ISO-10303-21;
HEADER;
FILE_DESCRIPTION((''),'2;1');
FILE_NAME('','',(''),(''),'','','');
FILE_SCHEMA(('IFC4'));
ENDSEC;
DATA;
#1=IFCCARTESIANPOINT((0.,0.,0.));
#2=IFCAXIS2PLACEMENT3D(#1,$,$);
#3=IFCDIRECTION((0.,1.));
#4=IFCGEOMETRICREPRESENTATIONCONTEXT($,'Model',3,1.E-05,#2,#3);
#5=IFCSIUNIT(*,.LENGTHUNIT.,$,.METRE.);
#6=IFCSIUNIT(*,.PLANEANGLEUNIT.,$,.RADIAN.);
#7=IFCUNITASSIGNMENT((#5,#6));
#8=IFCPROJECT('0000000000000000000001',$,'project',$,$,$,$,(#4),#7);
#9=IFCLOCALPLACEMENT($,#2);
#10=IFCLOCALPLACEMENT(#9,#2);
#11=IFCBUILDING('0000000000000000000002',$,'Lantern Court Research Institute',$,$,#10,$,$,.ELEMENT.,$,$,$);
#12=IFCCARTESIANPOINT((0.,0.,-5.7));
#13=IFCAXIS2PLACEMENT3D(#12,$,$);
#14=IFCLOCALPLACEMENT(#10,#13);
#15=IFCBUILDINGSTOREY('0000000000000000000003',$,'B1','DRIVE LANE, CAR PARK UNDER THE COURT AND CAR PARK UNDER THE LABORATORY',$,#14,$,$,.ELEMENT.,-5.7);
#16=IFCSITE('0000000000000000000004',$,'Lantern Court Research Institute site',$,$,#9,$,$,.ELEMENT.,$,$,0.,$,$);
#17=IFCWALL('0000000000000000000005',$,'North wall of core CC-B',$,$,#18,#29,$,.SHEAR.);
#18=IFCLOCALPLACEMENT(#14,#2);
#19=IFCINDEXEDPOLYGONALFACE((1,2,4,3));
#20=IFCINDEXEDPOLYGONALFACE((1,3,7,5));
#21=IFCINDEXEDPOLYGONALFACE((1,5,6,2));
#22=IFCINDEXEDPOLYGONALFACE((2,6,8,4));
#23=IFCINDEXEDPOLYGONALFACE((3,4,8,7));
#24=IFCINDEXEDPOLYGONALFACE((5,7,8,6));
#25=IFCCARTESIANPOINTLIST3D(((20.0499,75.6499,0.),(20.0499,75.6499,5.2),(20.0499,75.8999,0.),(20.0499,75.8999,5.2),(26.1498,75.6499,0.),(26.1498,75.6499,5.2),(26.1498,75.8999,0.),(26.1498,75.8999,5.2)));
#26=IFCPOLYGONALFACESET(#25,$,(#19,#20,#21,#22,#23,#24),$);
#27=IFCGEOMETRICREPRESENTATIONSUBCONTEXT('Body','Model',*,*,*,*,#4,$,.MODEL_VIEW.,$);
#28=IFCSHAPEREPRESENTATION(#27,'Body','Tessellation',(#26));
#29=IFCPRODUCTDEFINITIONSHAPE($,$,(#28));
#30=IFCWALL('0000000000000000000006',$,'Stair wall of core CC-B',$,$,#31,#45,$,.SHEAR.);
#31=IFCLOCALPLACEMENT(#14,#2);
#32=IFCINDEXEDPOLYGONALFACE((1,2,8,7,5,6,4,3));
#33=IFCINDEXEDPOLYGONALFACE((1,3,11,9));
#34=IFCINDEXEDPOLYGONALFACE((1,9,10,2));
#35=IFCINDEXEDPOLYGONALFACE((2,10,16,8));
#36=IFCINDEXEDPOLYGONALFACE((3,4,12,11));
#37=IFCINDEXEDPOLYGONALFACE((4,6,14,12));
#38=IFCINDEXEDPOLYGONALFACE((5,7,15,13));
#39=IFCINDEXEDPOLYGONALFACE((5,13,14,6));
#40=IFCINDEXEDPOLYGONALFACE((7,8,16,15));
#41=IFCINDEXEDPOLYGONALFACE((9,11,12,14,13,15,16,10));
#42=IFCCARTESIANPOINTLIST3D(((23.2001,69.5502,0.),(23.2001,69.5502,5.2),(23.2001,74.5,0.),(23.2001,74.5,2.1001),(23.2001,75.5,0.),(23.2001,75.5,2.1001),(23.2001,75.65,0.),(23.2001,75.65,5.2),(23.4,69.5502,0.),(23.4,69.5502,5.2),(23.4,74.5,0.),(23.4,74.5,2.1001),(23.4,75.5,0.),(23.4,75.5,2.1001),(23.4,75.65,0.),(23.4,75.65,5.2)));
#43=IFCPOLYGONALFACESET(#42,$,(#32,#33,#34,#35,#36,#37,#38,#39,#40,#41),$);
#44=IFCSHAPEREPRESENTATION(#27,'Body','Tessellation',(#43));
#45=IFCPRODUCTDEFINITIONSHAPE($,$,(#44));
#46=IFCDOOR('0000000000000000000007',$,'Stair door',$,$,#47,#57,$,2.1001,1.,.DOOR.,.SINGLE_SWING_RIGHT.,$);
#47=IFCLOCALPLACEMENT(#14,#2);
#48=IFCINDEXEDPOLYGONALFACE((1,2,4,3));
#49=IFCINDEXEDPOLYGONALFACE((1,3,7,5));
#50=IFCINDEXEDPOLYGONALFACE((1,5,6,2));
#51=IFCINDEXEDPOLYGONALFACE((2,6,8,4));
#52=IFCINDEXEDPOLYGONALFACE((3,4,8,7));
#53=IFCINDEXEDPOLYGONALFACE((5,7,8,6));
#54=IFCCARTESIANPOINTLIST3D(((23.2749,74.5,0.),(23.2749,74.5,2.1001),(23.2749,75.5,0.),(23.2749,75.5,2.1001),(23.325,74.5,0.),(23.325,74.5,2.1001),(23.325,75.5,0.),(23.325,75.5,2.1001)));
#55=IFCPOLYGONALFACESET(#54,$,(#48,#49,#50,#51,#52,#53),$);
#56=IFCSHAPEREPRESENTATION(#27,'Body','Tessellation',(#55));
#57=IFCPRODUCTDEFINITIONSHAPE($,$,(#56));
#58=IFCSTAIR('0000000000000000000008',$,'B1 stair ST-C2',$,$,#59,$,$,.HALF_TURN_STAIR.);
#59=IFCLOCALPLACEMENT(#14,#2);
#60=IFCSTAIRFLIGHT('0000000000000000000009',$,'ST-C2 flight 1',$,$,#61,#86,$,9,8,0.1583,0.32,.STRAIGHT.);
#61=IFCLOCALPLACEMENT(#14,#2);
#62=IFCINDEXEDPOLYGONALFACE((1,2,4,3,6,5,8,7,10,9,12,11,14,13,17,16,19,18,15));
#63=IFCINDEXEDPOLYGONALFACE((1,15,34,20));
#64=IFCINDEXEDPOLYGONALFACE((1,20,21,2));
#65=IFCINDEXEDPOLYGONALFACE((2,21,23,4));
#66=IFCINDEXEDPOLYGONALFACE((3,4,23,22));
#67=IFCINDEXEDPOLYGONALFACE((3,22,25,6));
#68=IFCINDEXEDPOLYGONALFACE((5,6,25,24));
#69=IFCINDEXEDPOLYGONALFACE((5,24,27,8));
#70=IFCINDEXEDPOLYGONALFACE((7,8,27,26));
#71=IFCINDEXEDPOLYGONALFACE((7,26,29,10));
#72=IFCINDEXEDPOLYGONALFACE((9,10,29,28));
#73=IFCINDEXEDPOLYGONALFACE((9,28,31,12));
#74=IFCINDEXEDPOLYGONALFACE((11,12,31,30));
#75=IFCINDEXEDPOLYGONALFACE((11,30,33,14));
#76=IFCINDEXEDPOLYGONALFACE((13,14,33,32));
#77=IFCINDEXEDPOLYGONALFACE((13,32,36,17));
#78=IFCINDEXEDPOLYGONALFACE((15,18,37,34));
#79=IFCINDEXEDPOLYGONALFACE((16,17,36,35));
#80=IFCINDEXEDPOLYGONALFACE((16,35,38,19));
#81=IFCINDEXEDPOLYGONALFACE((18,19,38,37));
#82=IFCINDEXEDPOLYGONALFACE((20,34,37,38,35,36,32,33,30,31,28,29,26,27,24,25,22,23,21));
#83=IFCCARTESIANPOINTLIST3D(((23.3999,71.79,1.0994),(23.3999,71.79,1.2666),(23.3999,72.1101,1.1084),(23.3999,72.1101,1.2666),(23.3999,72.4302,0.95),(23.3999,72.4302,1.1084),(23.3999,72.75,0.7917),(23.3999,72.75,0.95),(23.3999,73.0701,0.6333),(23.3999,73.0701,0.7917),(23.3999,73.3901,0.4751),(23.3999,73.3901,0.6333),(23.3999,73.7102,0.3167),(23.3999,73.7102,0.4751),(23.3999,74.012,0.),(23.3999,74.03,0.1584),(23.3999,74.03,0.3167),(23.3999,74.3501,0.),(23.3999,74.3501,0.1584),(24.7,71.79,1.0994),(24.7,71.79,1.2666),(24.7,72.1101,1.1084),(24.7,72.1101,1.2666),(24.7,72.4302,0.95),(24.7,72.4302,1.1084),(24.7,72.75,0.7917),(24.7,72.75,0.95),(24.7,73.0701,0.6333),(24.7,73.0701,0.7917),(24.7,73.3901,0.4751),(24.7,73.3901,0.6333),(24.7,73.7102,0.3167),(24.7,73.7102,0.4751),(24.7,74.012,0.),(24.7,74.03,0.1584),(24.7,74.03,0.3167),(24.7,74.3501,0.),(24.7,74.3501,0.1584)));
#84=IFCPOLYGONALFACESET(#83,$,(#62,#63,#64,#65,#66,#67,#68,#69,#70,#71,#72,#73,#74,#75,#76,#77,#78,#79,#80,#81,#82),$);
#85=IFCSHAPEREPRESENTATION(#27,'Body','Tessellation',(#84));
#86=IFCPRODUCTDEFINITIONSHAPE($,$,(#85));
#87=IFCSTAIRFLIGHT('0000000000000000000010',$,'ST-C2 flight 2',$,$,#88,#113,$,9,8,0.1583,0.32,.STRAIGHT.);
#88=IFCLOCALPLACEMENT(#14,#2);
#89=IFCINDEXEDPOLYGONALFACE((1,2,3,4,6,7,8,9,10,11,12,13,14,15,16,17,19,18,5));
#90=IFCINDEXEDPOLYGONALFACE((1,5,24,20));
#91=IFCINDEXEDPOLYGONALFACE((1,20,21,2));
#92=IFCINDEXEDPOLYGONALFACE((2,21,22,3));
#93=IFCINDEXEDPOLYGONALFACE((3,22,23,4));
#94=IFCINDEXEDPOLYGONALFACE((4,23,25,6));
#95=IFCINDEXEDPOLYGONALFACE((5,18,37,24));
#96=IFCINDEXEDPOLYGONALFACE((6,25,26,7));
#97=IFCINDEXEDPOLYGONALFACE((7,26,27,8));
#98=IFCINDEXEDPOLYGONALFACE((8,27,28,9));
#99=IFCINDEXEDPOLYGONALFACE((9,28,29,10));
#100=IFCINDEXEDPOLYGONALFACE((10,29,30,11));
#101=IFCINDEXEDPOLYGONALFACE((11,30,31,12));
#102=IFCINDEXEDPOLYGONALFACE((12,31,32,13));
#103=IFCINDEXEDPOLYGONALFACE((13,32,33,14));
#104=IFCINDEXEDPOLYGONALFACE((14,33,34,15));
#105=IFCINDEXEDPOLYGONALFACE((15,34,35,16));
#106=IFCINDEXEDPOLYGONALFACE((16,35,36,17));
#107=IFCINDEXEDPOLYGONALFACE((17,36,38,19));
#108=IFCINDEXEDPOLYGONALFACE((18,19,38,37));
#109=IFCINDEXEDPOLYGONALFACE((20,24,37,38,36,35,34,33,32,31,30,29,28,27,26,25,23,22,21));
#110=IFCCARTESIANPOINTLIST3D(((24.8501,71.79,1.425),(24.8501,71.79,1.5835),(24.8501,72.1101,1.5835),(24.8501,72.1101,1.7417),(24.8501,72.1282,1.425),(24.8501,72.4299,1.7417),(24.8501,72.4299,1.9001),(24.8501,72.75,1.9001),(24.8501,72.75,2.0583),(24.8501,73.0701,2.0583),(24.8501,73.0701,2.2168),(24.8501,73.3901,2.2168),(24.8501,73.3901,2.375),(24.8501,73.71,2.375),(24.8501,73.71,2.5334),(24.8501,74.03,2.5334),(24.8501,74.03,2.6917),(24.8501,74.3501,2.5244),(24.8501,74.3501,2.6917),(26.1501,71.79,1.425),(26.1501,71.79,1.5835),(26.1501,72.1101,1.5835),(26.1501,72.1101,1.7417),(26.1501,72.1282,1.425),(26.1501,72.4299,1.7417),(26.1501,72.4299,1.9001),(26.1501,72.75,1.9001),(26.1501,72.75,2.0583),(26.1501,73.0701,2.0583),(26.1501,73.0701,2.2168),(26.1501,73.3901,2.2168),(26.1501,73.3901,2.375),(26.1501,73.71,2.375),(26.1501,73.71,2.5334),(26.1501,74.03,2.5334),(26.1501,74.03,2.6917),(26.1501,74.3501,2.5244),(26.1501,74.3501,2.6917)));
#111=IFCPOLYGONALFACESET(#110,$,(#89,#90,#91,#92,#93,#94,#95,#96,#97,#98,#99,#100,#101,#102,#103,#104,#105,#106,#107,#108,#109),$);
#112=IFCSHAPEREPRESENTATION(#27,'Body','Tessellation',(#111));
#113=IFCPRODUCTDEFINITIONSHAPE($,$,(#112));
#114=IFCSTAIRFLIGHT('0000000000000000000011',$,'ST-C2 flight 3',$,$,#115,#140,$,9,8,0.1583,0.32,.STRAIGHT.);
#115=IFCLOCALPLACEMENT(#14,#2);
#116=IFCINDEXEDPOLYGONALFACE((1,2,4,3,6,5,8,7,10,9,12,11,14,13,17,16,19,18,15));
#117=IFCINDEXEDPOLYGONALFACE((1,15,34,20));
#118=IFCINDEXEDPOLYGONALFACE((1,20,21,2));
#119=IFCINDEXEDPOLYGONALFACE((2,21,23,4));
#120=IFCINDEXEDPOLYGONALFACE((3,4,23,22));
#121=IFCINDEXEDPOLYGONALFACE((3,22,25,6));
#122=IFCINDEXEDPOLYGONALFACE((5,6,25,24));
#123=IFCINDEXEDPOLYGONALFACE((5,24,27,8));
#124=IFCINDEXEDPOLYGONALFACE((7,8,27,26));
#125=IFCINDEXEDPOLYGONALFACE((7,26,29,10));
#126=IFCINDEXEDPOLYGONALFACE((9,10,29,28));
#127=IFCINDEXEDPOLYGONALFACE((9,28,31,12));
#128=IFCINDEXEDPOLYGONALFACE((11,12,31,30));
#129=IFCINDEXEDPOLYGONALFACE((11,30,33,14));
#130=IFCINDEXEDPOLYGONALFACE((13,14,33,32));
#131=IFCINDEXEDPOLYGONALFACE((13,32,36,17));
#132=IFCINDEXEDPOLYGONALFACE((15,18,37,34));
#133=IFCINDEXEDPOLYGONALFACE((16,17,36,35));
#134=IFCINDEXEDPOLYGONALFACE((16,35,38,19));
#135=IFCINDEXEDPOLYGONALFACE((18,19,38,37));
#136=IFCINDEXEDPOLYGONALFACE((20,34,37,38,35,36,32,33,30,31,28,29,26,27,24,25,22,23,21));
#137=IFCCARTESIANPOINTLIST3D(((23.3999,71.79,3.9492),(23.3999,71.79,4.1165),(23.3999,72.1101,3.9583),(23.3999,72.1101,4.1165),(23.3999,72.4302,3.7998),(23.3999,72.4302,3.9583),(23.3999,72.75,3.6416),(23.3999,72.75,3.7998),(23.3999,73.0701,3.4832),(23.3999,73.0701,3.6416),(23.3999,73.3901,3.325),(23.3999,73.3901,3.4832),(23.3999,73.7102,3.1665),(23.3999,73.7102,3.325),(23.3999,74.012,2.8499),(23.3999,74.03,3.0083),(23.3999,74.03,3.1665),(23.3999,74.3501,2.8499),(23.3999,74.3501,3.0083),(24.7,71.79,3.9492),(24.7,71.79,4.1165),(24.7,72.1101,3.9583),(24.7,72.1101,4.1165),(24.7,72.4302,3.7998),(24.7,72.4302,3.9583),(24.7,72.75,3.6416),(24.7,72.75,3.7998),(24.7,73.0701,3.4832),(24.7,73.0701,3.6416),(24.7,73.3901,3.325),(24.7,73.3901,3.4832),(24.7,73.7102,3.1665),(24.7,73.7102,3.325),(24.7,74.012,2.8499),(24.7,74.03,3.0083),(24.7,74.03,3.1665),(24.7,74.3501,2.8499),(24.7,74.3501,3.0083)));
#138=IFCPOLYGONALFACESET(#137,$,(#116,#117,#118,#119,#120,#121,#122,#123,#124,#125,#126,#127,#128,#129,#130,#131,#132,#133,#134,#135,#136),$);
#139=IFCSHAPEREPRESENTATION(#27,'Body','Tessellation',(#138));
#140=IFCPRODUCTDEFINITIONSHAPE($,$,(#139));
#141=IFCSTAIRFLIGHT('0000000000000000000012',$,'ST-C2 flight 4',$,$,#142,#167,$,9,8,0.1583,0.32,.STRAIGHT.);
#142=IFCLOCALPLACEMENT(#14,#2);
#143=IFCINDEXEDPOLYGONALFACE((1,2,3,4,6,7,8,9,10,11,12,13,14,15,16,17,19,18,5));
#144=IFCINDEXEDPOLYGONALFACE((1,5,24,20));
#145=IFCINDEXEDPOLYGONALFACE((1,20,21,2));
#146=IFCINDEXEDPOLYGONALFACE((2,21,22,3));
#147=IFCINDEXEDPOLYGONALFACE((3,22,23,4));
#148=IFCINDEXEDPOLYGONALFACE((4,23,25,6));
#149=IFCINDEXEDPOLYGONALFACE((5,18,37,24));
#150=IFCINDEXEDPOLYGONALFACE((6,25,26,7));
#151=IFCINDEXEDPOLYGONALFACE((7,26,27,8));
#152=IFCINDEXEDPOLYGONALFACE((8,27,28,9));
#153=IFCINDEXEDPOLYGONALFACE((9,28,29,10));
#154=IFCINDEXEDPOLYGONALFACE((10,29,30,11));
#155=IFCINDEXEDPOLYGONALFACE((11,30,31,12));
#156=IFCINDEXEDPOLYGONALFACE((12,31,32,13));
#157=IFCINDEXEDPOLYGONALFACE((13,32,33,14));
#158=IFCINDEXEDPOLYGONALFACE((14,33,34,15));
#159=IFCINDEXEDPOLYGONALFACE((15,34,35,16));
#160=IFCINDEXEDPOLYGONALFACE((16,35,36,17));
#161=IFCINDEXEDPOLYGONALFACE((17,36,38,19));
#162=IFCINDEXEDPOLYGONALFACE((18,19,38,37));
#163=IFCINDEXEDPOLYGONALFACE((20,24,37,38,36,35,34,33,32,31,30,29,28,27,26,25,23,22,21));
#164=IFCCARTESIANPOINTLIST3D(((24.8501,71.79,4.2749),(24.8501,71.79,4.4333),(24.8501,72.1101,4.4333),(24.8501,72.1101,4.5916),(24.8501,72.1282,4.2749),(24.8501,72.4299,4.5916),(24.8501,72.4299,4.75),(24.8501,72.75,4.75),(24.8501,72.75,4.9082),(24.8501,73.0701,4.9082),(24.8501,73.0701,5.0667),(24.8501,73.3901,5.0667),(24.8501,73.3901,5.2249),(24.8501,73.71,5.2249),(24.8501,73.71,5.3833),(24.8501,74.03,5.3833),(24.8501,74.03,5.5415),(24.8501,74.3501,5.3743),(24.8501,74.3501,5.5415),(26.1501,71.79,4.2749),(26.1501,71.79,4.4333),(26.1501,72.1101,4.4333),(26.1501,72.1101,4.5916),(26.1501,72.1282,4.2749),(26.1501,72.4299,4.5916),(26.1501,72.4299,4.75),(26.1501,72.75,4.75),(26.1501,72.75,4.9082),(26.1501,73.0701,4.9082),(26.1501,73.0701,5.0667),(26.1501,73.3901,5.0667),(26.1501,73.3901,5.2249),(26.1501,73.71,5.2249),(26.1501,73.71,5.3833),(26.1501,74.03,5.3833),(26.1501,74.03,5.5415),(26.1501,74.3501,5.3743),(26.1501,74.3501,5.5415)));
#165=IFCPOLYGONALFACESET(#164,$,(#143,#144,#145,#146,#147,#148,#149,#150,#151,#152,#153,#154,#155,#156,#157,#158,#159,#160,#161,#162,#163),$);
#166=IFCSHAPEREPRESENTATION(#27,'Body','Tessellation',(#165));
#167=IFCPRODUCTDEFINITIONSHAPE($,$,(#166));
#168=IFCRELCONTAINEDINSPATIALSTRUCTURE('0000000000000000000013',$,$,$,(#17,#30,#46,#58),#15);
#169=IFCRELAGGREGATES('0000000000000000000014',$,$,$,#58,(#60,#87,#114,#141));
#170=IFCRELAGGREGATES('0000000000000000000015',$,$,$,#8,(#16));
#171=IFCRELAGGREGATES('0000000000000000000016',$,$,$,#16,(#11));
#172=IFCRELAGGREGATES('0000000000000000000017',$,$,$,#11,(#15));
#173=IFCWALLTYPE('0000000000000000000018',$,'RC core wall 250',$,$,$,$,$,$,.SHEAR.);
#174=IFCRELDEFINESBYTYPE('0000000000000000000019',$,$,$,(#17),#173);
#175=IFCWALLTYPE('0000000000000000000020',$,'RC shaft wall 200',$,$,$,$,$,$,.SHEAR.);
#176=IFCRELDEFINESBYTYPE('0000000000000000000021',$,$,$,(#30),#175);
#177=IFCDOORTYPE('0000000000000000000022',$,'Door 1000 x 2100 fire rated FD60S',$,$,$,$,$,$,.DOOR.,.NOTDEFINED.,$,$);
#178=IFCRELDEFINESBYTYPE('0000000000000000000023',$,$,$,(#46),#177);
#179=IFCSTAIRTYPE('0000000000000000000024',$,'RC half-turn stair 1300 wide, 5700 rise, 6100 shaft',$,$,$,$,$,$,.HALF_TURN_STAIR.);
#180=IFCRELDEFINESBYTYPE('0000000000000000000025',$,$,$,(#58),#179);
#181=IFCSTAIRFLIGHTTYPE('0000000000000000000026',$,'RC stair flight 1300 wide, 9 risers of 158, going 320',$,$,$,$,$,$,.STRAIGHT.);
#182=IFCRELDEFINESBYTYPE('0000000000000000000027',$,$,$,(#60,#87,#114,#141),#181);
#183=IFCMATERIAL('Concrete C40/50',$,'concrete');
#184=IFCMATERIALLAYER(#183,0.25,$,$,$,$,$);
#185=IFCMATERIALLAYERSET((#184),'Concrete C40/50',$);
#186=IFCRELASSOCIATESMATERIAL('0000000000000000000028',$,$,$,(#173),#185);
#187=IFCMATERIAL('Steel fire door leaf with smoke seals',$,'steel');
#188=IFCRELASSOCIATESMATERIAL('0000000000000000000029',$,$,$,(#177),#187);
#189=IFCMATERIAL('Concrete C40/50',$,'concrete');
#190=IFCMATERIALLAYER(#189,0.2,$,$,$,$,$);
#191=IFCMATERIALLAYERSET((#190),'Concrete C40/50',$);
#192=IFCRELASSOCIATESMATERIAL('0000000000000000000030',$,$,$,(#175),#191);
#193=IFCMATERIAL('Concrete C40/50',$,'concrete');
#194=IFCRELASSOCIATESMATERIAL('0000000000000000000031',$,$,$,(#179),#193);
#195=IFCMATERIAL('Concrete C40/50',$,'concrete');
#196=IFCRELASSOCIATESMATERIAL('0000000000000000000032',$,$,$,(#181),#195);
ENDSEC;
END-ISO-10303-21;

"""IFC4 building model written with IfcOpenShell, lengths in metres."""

from ifc_helpers import new_model, si_unit, direction, frame, frame_2d, origin, place, context, subcontext, project, spatial, polyline, rectangle, outline, extrude, material, layer, layer_set, type_object, element, fill, aggregate, save


model = new_model("IFC4")

# Units and contexts
model_context = context("Model", 3, precision=1e-05, world=origin(), true_north=direction((0.0, 1.0)))
body_context = subcontext(model_context, "Body", "Model", "MODEL_VIEW")
ifc_project = project(units=[si_unit("LENGTHUNIT", "METRE"), si_unit("PLANEANGLEUNIT", "RADIAN")], contexts=[model_context])

# Site, building, storey
site_placement = place(None, origin())
site = spatial("IfcSite", under=ifc_project, at=site_placement, Name="Lantern Court Research Institute site", CompositionType="ELEMENT", RefElevation=0.0)
building_placement = place(site_placement, origin())
building = spatial("IfcBuilding", under=site, at=building_placement, Name="Lantern Court Research Institute", CompositionType="ELEMENT")
storey_placement = place(building_placement, frame((0.0, 0.0, -5.7)))
storey = spatial("IfcBuildingStorey", under=building, at=storey_placement, Name="B1", Description="DRIVE LANE, CAR PARK UNDER THE COURT AND CAR PARK UNDER THE LABORATORY", CompositionType="ELEMENT", Elevation=-5.7)

# Shared definitions
ifc_material_1 = material(Name="Concrete C40/50", Category="concrete")
ifc_layer_1 = layer(ifc_material_1, 0.25)
ifc_layer_set_1 = layer_set([ifc_layer_1], Name="Concrete C40/50")
wall_type_1 = type_object("IfcWallType", Name="RC core wall 250", PredefinedType="SHEAR", material=ifc_layer_set_1)
ifc_material_2 = material(Name="Steel fire door leaf with smoke seals", Category="steel")
door_type = type_object("IfcDoorType", Name="Door 1000 x 2100 fire rated FD60S", OperationType="NOTDEFINED", PredefinedType="DOOR", material=ifc_material_2)

# Wall
wall_1_placement = place(storey_placement, frame((20.05, 75.7749, 0.0), z_axis=(0.0, 0.0, 1.0), x_axis=(1.0, 0.0, 0.0)))
element("IfcWall", 1, at=wall_1_placement, inside=storey, type_object=wall_type_1, Name="North wall of core CC-B", PredefinedType="SHEAR", context=body_context, shape_type="SweptSolid", body=[
    extrude(rectangle(XDim=6.0999, YDim=0.25, at=frame_2d((3.0498, 0.0))), origin(), (0.0, 0.0, 1.0), 5.2),
])

# Wall, opening, door
ifc_material_3 = material(Name="Concrete C40/50", Category="concrete")
ifc_layer_2 = layer(ifc_material_3, 0.2)
ifc_layer_set_2 = layer_set([ifc_layer_2], Name="Concrete C40/50")
wall_type_2 = type_object("IfcWallType", Name="RC shaft wall 200", PredefinedType="SHEAR", material=ifc_layer_set_2)
wall_2_placement = place(storey_placement, frame((23.3, 75.6499, 0.0), z_axis=(0.0, 0.0, 1.0), x_axis=(0.0, -1.0, 0.0)))
wall_2 = element("IfcWall", 2, at=wall_2_placement, inside=storey, type_object=wall_type_2, Name="Stair wall of core CC-B", PredefinedType="SHEAR", context=body_context, shape_type="SweptSolid", body=[
    extrude(rectangle(XDim=6.0999, YDim=0.2, at=frame_2d((3.0498, 0.0))), origin(), (0.0, 0.0, 1.0), 5.2),
])
opening_1_placement = place(wall_2_placement, frame((0.1499, 0.0, 0.0)))
opening_1 = element("IfcOpeningElement", 3, at=opening_1_placement, cuts=wall_2, PredefinedType="OPENING", context=body_context, shape_type="SweptSolid", body=[
    extrude(rectangle(XDim=1.0, YDim=2.1001, at=frame_2d((0.5, 1.05))), frame((0.0, 0.1099, 0.0), z_axis=(0.0, -1.0, 0.0), x_axis=(1.0, 0.0, 0.0)), (0.0, 0.0, 1.0), 0.22),
])
door_1_placement = place(opening_1_placement, origin())
door_1 = element("IfcDoor", 4, at=door_1_placement, inside=storey, type_object=door_type, Name="Stair door", OperationType="SINGLE_SWING_RIGHT", OverallHeight=2.1001, OverallWidth=1.0, PredefinedType="DOOR", context=body_context, shape_type="SweptSolid", body=[
    extrude(rectangle(XDim=1.0, YDim=2.1001, at=frame_2d((0.5, 1.05))), frame((0.0, 0.0249, 0.0), z_axis=(0.0, -1.0, 0.0), x_axis=(1.0, 0.0, 0.0)), (0.0, 0.0, 1.0), 0.05),
])
fill(opening_1, door_1)

# Stair, stair flights
ifc_material_4 = material(Name="Concrete C40/50", Category="concrete")
stair_type = type_object("IfcStairType", Name="RC half-turn stair 1300 wide, 5700 rise, 6100 shaft", PredefinedType="HALF_TURN_STAIR", material=ifc_material_4)
stair_placement = place(storey_placement, origin())
stair = element("IfcStair", 5, at=stair_placement, inside=storey, type_object=stair_type, Name="B1 stair ST-C2", PredefinedType="HALF_TURN_STAIR")
ifc_material_5 = material(Name="Concrete C40/50", Category="concrete")
stair_flight_type = type_object("IfcStairFlightType", Name="RC stair flight 1300 wide, 9 risers of 158, going 320", PredefinedType="STRAIGHT", material=ifc_material_5)
stair_flight_1_placement = place(storey_placement, frame((24.05, 74.3501, 0.0), z_axis=(0.0, 0.0, 1.0), x_axis=(0.0, -1.0, 0.0)))
stair_flight_1 = element("IfcStairFlight", 6, at=stair_flight_1_placement, type_object=stair_flight_type, Name="ST-C2 flight 1", NumberOfRisers=9, NumberOfTreads=8, PredefinedType="STRAIGHT", RiserHeight=0.1583, TreadLength=0.32, context=body_context, shape_type="SweptSolid", body=[
    extrude(outline(polyline([(0.0, 0.0), (0.0, 0.1584), (0.3201, 0.1584), (0.3201, 0.3167), (0.6399, 0.3167), (0.6399, 0.4751), (0.96, 0.4751), (0.96, 0.6333), (1.28, 0.6333), (1.28, 0.7917), (1.6001, 0.7917), (1.6001, 0.95), (1.9199, 0.95), (1.9199, 1.1084), (2.24, 1.1084), (2.24, 1.2666), (2.5601, 1.2666), (2.5601, 1.425), (2.5601, 1.0994), (0.3381, 0.0), (0.0, 0.0)])), frame((0.0, 0.6499, 0.0), z_axis=(0.0, -1.0, 0.0), x_axis=(1.0, 0.0, 0.0)), (0.0, 0.0, 1.0), 1.3),
])
stair_flight_2_placement = place(storey_placement, frame((25.5, 71.79, 1.425), z_axis=(0.0, 0.0, 1.0), x_axis=(0.0, 1.0, 0.0)))
stair_flight_2 = element("IfcStairFlight", 7, at=stair_flight_2_placement, type_object=stair_flight_type, Name="ST-C2 flight 2", NumberOfRisers=9, NumberOfTreads=8, PredefinedType="STRAIGHT", RiserHeight=0.1583, TreadLength=0.32, context=body_context, shape_type="SweptSolid", body=[
    extrude(outline(polyline([(0.0, 0.0), (0.0, 0.1584), (0.3201, 0.1584), (0.3201, 0.3167), (0.6399, 0.3167), (0.6399, 0.4751), (0.96, 0.4751), (0.96, 0.6333), (1.28, 0.6333), (1.28, 0.7917), (1.6001, 0.7917), (1.6001, 0.95), (1.9199, 0.95), (1.9199, 1.1084), (2.24, 1.1084), (2.24, 1.2666), (2.5601, 1.2666), (2.5601, 1.425), (2.5601, 1.0994), (0.3381, 0.0), (0.0, 0.0)])), frame((0.0, 0.6499, 0.0), z_axis=(0.0, -1.0, 0.0), x_axis=(1.0, 0.0, 0.0)), (0.0, 0.0, 1.0), 1.3),
])
stair_flight_3_placement = place(storey_placement, frame((24.05, 74.3501, 2.8499), z_axis=(0.0, 0.0, 1.0), x_axis=(0.0, -1.0, 0.0)))
stair_flight_3 = element("IfcStairFlight", 8, at=stair_flight_3_placement, type_object=stair_flight_type, Name="ST-C2 flight 3", NumberOfRisers=9, NumberOfTreads=8, PredefinedType="STRAIGHT", RiserHeight=0.1583, TreadLength=0.32, context=body_context, shape_type="SweptSolid", body=[
    extrude(outline(polyline([(0.0, 0.0), (0.0, 0.1584), (0.3201, 0.1584), (0.3201, 0.3167), (0.6399, 0.3167), (0.6399, 0.4751), (0.96, 0.4751), (0.96, 0.6333), (1.28, 0.6333), (1.28, 0.7917), (1.6001, 0.7917), (1.6001, 0.95), (1.9199, 0.95), (1.9199, 1.1084), (2.24, 1.1084), (2.24, 1.2666), (2.5601, 1.2666), (2.5601, 1.425), (2.5601, 1.0994), (0.3381, 0.0), (0.0, 0.0)])), frame((0.0, 0.6499, 0.0), z_axis=(0.0, -1.0, 0.0), x_axis=(1.0, 0.0, 0.0)), (0.0, 0.0, 1.0), 1.3),
])
stair_flight_4_placement = place(storey_placement, frame((25.5, 71.79, 4.2749), z_axis=(0.0, 0.0, 1.0), x_axis=(0.0, 1.0, 0.0)))
stair_flight_4 = element("IfcStairFlight", 9, at=stair_flight_4_placement, type_object=stair_flight_type, Name="ST-C2 flight 4", NumberOfRisers=9, NumberOfTreads=8, PredefinedType="STRAIGHT", RiserHeight=0.1583, TreadLength=0.32, context=body_context, shape_type="SweptSolid", body=[
    extrude(outline(polyline([(0.0, 0.0), (0.0, 0.1584), (0.3201, 0.1584), (0.3201, 0.3167), (0.6399, 0.3167), (0.6399, 0.4751), (0.96, 0.4751), (0.96, 0.6333), (1.28, 0.6333), (1.28, 0.7917), (1.6001, 0.7917), (1.6001, 0.95), (1.9199, 0.95), (1.9199, 1.1084), (2.24, 1.1084), (2.24, 1.2666), (2.5601, 1.2666), (2.5601, 1.425), (2.5601, 1.0994), (0.3381, 0.0), (0.0, 0.0)])), frame((0.0, 0.6499, 0.0), z_axis=(0.0, -1.0, 0.0), x_axis=(1.0, 0.0, 0.0)), (0.0, 0.0, 1.0), 1.3),
])
aggregate(stair, [stair_flight_1, stair_flight_2, stair_flight_3, stair_flight_4])

save(model, "model.ifc")
